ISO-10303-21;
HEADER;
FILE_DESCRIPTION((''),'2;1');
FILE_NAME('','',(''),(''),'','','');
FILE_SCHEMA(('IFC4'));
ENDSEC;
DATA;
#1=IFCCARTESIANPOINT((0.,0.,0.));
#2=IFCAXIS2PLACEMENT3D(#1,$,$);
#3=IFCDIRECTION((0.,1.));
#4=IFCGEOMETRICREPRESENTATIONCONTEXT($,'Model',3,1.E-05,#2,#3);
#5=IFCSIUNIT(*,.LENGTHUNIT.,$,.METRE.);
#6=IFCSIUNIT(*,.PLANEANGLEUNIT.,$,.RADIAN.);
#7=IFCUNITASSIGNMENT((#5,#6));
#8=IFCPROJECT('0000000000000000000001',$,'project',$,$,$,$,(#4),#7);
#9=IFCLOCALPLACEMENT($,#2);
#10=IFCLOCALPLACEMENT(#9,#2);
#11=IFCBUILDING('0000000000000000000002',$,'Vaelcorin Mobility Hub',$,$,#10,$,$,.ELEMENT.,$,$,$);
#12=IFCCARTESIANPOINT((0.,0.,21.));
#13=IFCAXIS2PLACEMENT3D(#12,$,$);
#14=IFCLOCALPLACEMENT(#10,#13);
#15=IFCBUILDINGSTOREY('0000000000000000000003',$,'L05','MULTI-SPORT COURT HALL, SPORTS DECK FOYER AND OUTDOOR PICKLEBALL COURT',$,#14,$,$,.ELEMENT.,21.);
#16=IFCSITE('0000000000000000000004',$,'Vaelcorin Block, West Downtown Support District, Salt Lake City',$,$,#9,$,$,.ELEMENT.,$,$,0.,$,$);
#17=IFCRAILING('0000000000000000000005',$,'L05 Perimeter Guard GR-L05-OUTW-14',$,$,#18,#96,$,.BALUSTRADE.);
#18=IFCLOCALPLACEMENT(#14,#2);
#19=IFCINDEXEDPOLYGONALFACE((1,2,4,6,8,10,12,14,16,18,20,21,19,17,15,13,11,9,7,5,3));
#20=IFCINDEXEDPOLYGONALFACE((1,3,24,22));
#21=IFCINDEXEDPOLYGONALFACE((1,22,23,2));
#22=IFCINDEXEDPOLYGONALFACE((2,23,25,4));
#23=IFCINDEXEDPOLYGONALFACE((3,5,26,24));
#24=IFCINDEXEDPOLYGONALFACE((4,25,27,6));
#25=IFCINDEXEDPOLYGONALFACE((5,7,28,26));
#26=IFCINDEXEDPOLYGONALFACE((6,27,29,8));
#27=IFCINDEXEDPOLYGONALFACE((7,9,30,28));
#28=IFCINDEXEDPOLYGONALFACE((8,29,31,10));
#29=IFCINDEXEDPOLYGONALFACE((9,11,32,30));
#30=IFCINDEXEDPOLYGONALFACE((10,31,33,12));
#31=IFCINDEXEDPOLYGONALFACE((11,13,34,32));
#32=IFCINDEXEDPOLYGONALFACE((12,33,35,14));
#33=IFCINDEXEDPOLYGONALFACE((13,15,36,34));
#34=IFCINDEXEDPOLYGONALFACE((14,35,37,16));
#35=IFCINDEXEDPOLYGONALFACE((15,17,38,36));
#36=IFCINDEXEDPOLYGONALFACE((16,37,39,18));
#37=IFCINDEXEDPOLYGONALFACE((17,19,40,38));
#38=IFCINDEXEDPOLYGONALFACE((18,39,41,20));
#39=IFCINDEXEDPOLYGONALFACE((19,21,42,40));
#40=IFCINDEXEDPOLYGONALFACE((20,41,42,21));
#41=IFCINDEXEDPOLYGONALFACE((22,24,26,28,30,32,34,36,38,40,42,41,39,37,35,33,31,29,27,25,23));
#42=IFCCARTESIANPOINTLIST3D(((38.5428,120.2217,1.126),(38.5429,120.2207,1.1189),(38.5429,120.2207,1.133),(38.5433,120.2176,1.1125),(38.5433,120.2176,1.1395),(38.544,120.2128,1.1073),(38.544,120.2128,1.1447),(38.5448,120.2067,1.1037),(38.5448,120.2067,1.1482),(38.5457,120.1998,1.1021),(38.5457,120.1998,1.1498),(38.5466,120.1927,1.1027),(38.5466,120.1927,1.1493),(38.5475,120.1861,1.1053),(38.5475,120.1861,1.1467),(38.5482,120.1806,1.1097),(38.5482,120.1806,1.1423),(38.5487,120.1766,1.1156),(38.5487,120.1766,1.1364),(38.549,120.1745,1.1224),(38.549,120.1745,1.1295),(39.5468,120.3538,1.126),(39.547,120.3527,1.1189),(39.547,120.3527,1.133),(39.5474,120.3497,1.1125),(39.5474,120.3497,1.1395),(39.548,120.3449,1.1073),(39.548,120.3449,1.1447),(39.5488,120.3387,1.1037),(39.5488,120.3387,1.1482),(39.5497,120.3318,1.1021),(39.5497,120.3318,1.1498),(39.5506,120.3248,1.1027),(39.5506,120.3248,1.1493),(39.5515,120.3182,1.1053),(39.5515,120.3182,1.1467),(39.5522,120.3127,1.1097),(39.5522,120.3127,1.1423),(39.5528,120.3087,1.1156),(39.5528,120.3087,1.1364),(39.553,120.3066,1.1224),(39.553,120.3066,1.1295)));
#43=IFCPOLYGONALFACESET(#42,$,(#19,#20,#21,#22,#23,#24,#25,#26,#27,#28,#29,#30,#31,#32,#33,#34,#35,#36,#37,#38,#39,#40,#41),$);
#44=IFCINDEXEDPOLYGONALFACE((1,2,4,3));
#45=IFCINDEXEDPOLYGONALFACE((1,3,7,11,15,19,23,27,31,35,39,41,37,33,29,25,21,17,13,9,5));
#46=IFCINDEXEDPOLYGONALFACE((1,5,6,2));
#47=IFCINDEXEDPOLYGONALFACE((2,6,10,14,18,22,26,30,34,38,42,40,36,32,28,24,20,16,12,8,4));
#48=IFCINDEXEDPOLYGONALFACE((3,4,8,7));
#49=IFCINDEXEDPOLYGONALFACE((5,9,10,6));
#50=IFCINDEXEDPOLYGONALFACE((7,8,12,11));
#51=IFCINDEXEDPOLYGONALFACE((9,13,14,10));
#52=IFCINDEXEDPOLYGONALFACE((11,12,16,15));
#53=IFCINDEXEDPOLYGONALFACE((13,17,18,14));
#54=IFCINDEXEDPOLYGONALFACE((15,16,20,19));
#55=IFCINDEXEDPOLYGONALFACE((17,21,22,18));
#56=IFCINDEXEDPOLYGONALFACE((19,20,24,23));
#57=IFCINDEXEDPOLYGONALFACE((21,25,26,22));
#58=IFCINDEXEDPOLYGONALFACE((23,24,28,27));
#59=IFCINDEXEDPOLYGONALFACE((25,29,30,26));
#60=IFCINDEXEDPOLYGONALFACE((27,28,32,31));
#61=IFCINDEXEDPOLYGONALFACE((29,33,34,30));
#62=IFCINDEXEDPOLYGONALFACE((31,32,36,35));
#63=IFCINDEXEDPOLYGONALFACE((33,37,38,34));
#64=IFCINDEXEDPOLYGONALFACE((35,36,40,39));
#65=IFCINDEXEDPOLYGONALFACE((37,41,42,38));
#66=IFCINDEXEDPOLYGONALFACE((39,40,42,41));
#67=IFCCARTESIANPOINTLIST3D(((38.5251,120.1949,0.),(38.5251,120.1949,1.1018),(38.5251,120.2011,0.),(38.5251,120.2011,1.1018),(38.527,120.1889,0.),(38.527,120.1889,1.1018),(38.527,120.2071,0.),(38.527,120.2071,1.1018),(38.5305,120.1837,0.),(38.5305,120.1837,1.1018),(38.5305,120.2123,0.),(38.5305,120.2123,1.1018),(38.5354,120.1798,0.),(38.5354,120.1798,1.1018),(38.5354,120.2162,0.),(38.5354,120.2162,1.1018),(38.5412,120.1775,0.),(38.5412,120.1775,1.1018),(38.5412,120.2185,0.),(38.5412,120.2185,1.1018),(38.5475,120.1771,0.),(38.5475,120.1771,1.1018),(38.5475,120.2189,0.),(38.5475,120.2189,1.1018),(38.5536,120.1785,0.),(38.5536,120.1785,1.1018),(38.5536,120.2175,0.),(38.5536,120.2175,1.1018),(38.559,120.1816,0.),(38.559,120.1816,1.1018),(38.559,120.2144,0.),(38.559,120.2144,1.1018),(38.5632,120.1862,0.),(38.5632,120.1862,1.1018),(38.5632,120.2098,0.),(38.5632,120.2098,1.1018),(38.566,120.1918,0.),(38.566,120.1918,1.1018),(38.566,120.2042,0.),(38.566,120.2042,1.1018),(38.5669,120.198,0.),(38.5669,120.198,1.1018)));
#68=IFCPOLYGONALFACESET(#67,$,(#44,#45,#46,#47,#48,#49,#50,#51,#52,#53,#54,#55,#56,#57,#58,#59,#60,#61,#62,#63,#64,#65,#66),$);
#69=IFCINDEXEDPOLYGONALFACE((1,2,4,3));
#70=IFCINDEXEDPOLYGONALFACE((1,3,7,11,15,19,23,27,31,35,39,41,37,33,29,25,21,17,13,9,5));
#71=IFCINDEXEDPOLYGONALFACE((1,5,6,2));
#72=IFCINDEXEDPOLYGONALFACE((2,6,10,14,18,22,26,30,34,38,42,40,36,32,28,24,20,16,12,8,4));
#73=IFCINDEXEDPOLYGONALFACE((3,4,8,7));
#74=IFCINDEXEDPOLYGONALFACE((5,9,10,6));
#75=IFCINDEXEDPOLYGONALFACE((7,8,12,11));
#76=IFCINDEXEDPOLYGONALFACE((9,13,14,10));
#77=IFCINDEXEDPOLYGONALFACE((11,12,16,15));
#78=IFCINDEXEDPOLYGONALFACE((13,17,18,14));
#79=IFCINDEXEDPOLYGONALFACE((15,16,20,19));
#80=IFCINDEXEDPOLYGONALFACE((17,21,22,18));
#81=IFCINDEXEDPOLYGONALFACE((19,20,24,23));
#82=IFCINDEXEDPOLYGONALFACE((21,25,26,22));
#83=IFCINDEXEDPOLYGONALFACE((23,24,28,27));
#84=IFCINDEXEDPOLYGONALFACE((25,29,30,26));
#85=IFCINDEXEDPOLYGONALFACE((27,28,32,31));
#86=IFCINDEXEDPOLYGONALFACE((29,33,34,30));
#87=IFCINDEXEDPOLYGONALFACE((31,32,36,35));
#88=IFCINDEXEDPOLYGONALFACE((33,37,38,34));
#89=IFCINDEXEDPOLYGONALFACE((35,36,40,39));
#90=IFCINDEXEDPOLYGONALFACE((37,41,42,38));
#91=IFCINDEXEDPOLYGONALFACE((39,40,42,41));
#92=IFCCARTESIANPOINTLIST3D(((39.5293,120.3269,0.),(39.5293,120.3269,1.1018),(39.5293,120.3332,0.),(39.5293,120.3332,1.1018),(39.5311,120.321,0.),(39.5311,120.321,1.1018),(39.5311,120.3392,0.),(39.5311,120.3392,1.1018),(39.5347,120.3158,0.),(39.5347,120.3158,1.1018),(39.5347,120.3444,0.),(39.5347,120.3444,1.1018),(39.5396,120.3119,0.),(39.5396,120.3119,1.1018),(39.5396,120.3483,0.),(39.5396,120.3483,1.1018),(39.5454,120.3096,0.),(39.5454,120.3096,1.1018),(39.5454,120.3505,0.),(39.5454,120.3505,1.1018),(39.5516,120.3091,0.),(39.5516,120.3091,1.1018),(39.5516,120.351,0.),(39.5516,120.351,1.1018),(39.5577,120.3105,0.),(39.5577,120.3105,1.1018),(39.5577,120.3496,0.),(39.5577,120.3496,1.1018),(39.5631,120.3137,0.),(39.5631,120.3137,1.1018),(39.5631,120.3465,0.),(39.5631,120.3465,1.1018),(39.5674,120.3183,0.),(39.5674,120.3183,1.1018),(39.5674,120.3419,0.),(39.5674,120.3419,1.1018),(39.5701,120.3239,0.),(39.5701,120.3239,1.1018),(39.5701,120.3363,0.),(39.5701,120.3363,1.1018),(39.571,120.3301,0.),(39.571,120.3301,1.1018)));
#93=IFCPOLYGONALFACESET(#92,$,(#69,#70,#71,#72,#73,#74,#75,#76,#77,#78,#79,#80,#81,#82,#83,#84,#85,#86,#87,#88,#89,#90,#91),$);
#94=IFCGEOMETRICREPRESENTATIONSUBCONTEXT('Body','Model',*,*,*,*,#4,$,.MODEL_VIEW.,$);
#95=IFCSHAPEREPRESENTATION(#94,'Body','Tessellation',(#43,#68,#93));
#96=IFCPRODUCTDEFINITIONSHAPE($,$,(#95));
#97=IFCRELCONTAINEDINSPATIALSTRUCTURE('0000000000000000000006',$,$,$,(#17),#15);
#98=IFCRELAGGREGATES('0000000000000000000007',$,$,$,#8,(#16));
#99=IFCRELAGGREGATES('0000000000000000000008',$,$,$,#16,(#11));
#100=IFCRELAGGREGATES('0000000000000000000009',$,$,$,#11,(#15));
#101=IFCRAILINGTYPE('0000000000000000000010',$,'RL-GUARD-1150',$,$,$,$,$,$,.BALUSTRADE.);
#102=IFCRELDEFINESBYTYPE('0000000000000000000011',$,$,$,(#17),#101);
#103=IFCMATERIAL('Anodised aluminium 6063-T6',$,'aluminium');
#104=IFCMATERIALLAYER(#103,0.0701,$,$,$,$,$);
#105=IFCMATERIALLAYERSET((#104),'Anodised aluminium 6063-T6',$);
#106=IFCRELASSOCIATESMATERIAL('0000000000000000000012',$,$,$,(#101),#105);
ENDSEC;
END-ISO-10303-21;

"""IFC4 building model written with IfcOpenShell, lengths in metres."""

from ifc_helpers import new_model, si_unit, direction, frame, origin, origin_2d, place, context, subcontext, project, spatial, circle, extrude, material, layer, layer_set, type_object, element, save


model = new_model("IFC4")

# Units and contexts
model_context = context("Model", 3, precision=1e-05, world=origin(), true_north=direction((0.0, 1.0)))
body_context = subcontext(model_context, "Body", "Model", "MODEL_VIEW")
ifc_project = project(units=[si_unit("LENGTHUNIT", "METRE"), si_unit("PLANEANGLEUNIT", "RADIAN")], contexts=[model_context])

# Site, building, storey
site_placement = place(None, origin())
site = spatial("IfcSite", under=ifc_project, at=site_placement, Name="Vaelcorin Block, West Downtown Support District, Salt Lake City", CompositionType="ELEMENT", RefElevation=0.0)
building_placement = place(site_placement, origin())
building = spatial("IfcBuilding", under=site, at=building_placement, Name="Vaelcorin Mobility Hub", CompositionType="ELEMENT")
storey_placement = place(building_placement, frame((0.0, 0.0, 21.0)))
storey = spatial("IfcBuildingStorey", under=building, at=storey_placement, Name="L05", Description="MULTI-SPORT COURT HALL, SPORTS DECK FOYER AND OUTDOOR PICKLEBALL COURT", CompositionType="ELEMENT", Elevation=21.0)

# Shared definitions
ifc_material_1 = material(Name="Anodised aluminium 6063-T6", Category="aluminium")

# Railing
ifc_layer_1 = layer(ifc_material_1, 0.0701)
ifc_layer_set_1 = layer_set([ifc_layer_1], Name="Anodised aluminium 6063-T6")
railing_type = type_object("IfcRailingType", Name="RL-GUARD-1150", PredefinedType="BALUSTRADE", material=ifc_layer_set_1)
railing_1_placement = place(storey_placement, frame((38.5459, 120.198, 0.0)))
element("IfcRailing", 1, at=railing_1_placement, inside=storey, type_object=railing_type, Name="L05 Perimeter Guard GR-L05-OUTW-14", PredefinedType="BALUSTRADE", context=body_context, shape_type="SweptSolid", body=[
    extrude(circle(Radius=0.0239, at=origin_2d()), frame((0.0, 0.0, 1.126), z_axis=(0.99146, 0.130411, 0.0), x_axis=(-0.130411, 0.99146, 0.0)), (0.0, 0.0, 1.0), 1.0127),
    extrude(circle(Radius=0.021, at=origin_2d()), origin(), (0.0, 0.0, 1.0), 1.1018),
    extrude(circle(Radius=0.021, at=origin_2d()), frame((1.0042, 0.1321, 0.0)), (0.0, 0.0, 1.0), 1.1018),
])

save(model, "model.ifc")
